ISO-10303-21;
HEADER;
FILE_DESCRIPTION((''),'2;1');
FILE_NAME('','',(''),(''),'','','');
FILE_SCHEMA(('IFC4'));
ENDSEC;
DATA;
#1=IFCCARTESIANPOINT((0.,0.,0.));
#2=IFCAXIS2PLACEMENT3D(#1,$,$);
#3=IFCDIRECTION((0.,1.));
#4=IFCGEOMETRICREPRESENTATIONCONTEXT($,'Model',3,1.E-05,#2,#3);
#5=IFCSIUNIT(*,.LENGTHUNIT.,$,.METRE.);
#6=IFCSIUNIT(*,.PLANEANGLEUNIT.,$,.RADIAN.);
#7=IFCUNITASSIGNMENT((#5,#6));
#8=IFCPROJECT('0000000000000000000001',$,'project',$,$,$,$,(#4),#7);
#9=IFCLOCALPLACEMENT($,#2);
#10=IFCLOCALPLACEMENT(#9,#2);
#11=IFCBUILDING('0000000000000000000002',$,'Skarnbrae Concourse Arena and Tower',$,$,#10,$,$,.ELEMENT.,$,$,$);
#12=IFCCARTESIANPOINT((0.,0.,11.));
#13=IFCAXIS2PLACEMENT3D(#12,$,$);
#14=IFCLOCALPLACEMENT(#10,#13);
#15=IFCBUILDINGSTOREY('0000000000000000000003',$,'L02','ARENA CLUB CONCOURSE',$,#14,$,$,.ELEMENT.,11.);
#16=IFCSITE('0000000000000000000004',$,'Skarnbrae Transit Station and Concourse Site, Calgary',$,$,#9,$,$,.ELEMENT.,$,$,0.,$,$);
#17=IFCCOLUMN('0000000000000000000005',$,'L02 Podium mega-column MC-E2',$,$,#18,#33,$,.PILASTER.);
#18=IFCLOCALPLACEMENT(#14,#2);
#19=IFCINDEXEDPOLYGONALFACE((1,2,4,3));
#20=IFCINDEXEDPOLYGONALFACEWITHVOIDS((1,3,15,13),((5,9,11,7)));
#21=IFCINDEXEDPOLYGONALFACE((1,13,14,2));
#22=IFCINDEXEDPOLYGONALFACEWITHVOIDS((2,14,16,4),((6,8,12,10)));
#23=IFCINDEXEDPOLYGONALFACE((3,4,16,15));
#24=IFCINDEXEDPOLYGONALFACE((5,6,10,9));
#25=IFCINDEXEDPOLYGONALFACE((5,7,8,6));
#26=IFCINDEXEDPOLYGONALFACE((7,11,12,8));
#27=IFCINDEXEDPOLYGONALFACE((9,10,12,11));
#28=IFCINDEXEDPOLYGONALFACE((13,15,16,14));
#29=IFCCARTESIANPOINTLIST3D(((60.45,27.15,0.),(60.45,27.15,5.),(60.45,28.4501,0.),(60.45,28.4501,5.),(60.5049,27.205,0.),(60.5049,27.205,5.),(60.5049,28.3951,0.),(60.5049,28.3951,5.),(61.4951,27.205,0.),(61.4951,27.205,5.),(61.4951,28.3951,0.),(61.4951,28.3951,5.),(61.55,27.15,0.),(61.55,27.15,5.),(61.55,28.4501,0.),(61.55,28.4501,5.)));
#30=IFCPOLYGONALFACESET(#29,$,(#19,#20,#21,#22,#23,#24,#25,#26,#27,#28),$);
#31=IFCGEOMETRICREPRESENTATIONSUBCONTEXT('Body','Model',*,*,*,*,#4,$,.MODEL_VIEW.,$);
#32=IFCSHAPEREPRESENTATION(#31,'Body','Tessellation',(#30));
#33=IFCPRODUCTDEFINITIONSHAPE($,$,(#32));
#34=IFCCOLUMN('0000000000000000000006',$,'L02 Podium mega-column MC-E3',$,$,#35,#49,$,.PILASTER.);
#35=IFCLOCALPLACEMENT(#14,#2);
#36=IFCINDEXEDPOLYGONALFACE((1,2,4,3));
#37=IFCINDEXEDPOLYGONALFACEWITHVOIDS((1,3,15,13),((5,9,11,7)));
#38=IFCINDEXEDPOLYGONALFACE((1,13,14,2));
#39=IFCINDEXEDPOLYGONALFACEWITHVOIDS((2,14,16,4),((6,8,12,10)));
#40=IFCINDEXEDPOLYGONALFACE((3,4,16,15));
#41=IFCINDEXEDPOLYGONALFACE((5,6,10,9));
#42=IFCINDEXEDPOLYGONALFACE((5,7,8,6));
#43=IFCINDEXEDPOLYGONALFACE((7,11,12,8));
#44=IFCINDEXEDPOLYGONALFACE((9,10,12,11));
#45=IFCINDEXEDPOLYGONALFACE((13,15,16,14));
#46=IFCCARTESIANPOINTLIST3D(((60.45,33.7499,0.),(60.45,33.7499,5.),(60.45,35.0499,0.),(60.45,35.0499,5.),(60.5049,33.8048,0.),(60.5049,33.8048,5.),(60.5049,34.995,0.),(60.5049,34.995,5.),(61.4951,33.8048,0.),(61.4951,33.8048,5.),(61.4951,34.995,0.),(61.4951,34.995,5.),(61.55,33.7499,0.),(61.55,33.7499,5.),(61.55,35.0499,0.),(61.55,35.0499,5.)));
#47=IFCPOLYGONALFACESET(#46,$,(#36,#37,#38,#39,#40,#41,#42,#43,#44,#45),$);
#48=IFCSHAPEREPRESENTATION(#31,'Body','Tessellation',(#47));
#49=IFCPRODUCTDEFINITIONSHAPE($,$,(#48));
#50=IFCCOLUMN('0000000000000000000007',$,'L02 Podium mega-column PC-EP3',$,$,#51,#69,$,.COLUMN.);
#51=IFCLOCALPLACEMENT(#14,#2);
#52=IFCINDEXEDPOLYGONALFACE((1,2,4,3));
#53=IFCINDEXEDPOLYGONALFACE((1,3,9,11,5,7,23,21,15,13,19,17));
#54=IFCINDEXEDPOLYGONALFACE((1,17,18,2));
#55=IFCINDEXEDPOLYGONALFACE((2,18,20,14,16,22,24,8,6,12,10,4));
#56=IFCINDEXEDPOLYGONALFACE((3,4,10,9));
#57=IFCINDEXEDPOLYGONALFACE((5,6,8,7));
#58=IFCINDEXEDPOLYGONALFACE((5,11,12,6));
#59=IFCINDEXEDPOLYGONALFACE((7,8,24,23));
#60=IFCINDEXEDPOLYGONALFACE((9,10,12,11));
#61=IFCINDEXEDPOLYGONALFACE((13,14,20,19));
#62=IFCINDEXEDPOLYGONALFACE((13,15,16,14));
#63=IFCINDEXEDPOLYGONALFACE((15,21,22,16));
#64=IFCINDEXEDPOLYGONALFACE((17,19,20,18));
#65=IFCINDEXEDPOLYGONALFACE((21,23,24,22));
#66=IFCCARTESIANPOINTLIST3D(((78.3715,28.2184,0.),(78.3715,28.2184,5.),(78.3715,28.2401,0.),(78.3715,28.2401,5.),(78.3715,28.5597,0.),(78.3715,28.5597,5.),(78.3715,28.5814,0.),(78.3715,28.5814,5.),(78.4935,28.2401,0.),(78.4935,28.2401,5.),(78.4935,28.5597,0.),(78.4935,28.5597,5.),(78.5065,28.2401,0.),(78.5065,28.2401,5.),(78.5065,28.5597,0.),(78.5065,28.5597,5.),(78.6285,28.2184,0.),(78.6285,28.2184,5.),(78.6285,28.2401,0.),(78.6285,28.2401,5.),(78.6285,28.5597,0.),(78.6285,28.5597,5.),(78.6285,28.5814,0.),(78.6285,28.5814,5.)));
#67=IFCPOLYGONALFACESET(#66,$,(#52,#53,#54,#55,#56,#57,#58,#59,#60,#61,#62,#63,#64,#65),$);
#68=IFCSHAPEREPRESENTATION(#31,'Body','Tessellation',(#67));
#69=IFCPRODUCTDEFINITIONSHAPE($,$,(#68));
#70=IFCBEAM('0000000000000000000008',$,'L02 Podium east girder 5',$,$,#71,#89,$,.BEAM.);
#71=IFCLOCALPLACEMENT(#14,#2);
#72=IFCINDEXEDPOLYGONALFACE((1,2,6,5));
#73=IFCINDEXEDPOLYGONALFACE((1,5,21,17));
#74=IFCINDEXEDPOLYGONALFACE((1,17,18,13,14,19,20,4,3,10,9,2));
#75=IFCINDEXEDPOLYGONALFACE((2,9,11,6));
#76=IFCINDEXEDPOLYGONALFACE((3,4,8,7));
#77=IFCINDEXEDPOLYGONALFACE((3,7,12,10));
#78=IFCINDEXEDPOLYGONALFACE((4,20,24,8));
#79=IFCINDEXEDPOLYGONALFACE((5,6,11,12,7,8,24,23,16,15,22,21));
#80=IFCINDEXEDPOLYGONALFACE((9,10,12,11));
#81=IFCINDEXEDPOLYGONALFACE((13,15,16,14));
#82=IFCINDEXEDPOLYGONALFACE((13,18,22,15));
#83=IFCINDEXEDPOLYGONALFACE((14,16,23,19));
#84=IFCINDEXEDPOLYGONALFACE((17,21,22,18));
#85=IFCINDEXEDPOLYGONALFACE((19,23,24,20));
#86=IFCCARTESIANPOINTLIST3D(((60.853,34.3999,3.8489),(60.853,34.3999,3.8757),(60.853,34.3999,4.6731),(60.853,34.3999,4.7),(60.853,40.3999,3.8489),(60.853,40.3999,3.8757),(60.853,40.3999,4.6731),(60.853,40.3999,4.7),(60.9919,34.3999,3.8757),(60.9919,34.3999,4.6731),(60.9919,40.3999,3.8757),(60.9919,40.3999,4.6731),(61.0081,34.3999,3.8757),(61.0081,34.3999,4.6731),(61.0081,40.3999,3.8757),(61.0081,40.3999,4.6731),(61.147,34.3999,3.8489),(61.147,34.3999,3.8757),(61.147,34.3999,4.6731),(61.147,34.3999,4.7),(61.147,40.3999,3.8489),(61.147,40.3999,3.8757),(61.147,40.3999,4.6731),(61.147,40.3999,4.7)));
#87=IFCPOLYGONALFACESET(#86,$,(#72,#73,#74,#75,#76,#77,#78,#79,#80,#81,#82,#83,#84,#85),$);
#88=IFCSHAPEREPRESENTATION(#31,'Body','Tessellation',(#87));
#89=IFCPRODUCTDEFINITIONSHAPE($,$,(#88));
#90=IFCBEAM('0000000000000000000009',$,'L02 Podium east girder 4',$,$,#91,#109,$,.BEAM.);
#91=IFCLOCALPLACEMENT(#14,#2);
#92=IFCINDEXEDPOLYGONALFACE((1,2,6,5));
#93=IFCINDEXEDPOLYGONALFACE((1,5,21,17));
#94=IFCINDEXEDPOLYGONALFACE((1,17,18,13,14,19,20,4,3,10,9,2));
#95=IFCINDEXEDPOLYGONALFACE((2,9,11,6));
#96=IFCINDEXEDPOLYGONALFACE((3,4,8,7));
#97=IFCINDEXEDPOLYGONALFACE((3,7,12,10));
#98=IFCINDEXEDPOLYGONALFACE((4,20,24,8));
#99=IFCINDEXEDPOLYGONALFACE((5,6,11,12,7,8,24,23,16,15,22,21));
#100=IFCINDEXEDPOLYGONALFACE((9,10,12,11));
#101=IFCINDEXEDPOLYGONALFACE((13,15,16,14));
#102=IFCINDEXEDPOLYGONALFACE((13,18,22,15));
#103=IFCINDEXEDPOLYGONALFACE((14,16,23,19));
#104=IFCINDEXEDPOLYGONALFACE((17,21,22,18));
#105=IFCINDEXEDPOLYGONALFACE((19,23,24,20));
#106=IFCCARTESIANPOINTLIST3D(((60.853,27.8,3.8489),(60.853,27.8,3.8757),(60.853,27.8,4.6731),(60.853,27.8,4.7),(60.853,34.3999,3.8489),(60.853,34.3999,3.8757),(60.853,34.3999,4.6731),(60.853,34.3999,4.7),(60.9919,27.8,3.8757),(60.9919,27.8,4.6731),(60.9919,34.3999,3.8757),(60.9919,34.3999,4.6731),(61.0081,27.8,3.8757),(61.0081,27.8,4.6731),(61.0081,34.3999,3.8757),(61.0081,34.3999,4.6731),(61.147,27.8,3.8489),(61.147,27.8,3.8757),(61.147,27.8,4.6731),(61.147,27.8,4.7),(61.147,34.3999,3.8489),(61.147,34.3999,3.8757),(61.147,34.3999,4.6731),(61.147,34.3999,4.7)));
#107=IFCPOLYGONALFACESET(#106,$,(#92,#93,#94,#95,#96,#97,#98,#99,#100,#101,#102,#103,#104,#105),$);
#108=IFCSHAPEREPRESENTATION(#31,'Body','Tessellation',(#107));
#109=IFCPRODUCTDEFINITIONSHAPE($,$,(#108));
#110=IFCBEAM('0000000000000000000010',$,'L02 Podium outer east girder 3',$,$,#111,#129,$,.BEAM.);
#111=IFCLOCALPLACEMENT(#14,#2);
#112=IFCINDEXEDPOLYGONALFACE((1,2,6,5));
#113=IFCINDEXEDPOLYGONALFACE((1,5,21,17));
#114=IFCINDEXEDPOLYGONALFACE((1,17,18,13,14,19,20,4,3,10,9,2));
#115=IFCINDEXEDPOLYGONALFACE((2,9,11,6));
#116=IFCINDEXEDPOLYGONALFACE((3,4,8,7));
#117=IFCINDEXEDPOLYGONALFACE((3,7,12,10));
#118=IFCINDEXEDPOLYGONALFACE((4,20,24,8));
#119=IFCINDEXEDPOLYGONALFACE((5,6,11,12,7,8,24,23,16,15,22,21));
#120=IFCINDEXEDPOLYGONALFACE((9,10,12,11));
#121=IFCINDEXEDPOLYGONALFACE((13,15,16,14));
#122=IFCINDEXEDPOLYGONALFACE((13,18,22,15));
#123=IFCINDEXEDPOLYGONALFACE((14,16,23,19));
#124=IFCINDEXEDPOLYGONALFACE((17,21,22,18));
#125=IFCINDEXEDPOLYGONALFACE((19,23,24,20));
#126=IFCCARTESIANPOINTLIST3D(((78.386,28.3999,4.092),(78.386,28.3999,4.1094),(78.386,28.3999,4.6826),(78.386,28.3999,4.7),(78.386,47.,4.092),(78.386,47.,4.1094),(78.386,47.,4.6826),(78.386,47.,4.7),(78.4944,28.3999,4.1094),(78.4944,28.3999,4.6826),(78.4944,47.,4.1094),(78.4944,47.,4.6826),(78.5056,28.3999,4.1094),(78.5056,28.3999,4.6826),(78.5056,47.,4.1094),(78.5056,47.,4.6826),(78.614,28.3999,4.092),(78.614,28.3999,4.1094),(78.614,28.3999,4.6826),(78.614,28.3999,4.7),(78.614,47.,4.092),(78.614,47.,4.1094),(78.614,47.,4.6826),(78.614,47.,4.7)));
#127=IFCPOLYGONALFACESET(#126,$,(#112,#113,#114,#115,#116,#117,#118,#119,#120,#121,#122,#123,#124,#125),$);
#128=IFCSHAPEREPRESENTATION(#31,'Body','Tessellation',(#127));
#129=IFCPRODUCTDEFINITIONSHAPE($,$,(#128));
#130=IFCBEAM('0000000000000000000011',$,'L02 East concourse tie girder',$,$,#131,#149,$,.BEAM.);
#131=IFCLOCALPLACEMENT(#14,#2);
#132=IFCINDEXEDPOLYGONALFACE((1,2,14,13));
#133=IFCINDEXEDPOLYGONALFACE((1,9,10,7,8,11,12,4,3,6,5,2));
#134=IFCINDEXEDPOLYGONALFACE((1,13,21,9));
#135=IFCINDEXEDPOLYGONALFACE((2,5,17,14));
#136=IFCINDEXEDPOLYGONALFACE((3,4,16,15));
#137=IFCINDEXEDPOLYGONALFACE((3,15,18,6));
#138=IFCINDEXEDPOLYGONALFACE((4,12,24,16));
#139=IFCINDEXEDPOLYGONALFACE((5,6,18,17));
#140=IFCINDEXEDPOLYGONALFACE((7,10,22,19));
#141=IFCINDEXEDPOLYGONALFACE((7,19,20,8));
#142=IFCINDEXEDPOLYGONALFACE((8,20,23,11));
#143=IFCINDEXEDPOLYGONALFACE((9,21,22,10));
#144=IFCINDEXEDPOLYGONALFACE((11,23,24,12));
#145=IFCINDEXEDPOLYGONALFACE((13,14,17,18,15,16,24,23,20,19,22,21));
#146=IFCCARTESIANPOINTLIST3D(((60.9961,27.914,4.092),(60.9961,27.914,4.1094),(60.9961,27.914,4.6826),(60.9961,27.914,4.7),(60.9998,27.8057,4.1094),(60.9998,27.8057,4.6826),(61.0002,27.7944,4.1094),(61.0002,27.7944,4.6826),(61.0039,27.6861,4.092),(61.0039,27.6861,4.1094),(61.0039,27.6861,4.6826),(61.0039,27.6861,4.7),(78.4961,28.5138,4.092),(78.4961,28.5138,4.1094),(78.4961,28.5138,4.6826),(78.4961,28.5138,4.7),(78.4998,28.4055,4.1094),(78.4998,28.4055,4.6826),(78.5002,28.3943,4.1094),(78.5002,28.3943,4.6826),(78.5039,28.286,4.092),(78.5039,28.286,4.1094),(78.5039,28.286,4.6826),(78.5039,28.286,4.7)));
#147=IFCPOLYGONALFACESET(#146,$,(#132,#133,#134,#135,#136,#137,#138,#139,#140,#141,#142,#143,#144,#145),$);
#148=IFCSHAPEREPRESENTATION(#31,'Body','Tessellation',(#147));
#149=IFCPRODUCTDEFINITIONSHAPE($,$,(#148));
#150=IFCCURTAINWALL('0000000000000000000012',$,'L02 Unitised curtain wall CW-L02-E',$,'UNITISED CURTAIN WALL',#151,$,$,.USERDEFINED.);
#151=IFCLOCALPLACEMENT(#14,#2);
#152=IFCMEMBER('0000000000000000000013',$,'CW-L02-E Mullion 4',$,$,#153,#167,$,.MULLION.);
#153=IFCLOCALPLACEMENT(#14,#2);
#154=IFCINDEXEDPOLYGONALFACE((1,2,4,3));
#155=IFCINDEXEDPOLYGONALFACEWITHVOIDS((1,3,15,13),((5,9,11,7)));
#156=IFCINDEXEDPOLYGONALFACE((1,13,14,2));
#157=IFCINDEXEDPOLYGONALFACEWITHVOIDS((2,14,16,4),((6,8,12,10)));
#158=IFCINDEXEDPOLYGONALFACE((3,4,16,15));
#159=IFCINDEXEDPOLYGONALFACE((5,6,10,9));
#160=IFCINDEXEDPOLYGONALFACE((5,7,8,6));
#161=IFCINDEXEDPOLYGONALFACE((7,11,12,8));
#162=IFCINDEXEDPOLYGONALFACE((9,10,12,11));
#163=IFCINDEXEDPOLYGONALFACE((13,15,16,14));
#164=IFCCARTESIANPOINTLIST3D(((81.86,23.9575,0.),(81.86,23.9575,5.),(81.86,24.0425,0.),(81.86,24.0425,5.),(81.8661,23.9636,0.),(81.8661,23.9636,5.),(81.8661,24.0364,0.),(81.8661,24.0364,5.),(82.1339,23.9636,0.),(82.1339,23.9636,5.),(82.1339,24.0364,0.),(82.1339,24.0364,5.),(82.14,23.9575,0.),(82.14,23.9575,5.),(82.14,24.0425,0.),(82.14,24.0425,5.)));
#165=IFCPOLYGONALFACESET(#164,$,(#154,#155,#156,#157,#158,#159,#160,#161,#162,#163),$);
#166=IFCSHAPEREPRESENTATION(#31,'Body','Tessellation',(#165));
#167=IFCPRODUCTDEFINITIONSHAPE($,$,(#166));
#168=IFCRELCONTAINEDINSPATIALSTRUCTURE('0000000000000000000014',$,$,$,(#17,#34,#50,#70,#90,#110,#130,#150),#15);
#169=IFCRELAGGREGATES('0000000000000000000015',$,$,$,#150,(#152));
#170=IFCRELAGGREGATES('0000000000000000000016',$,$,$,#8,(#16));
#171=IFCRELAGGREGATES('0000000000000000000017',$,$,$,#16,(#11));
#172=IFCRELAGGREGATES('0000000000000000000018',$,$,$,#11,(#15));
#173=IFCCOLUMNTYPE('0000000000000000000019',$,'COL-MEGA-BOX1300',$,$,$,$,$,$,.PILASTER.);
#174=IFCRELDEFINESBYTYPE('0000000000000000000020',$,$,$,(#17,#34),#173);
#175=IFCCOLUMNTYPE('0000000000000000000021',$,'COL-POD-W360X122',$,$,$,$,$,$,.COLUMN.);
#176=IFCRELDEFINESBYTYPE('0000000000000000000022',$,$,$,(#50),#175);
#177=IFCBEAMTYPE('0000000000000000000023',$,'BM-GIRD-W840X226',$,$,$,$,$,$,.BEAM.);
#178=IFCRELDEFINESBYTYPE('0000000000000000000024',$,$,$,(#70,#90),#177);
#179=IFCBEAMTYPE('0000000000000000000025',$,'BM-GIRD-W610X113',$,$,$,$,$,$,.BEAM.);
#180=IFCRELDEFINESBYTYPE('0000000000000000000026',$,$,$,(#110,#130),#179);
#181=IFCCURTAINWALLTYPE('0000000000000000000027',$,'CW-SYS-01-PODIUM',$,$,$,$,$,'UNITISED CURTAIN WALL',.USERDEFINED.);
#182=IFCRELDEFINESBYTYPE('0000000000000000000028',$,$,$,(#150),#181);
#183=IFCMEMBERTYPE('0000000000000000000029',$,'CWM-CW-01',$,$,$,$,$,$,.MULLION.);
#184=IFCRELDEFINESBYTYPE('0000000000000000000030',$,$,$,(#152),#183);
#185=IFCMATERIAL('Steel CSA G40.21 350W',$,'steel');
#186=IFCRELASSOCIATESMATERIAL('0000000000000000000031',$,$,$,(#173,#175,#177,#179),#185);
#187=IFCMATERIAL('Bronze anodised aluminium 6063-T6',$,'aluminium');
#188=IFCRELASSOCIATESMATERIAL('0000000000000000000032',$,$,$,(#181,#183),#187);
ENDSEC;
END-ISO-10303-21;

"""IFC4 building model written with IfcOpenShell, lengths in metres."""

from ifc_helpers import new_model, si_unit, direction, frame, origin, origin_2d, place, context, subcontext, project, spatial, hollow_rectangle, i_section, extrude, source, transform, mapped, material, material_profile, profile_set, type_object, element, aggregate, save


model = new_model("IFC4")

# Units and contexts
model_context = context("Model", 3, precision=1e-05, world=origin(), true_north=direction((0.0, 1.0)))
body_context = subcontext(model_context, "Body", "Model", "MODEL_VIEW")
ifc_project = project(units=[si_unit("LENGTHUNIT", "METRE"), si_unit("PLANEANGLEUNIT", "RADIAN")], contexts=[model_context])

# Site, building, storey
site_placement = place(None, origin())
site = spatial("IfcSite", under=ifc_project, at=site_placement, Name="Skarnbrae Transit Station and Concourse Site, Calgary", CompositionType="ELEMENT", RefElevation=0.0)
building_placement = place(site_placement, origin())
building = spatial("IfcBuilding", under=site, at=building_placement, Name="Skarnbrae Concourse Arena and Tower", CompositionType="ELEMENT")
storey_placement = place(building_placement, frame((0.0, 0.0, 11.0)))
storey = spatial("IfcBuildingStorey", under=building, at=storey_placement, Name="L02", Description="ARENA CLUB CONCOURSE", CompositionType="ELEMENT", Elevation=11.0)

# Columns
ifc_material_1 = material(Name="Steel CSA G40.21 350W", Category="steel")
ifc_material_profile_1 = material_profile(ifc_material_1, hollow_rectangle(XDim=1.1001, YDim=1.3, WallThickness=0.0549, at=origin_2d()), Name="BOX1300X1100X55")
ifc_profile_set_1 = profile_set([ifc_material_profile_1], Name="Steel CSA G40.21 350W")
column_type_1 = type_object("IfcColumnType", Name="COL-MEGA-BOX1300", PredefinedType="PILASTER", material=ifc_profile_set_1)
shared_shape_1 = source(origin(), body_context, "Body", "SweptSolid", [
    extrude(hollow_rectangle(XDim=1.1001, YDim=1.3, WallThickness=0.0549, at=origin_2d()), origin(), (0.0, 0.0, 1.0), 5.0),
])
for number, where, z_axis, x_axis, name in (
    (1, (61.0, 27.8, 0.0), (0.0, 0.0, 1.0), (1.0, 0.0, 0.0), "L02 Podium mega-column MC-E2"),
    (2, (61.0, 34.3999, 0.0), (0.0, 0.0, 1.0), (1.0, 0.0, 0.0), "L02 Podium mega-column MC-E3"),
):
    element("IfcColumn", number, at=place(storey_placement, frame(where, z_axis=z_axis, x_axis=x_axis)), inside=storey, type_object=column_type_1, Name=name, PredefinedType="PILASTER", context=body_context, shape_type="MappedRepresentation", body=[
        mapped(shared_shape_1, transform((0.0, 0.0, 0.0))),
    ])
ifc_material_profile_2 = material_profile(ifc_material_1, i_section(OverallWidth=0.2571, OverallDepth=0.363, WebThickness=0.0129, FlangeThickness=0.0217, at=origin_2d()), Name="W360X122")
ifc_profile_set_2 = profile_set([ifc_material_profile_2], Name="Steel CSA G40.21 350W")
column_type_2 = type_object("IfcColumnType", Name="COL-POD-W360X122", PredefinedType="COLUMN", material=ifc_profile_set_2)
shared_shape_2 = source(origin(), body_context, "Body", "SweptSolid", [
    extrude(i_section(OverallWidth=0.2571, OverallDepth=0.363, WebThickness=0.0129, FlangeThickness=0.0217, at=origin_2d()), origin(), (0.0, 0.0, 1.0), 5.0),
])
column_placement = place(storey_placement, frame((78.5, 28.3999, 0.0), z_axis=(0.0, 0.0, 1.0), x_axis=(1.0, 0.0, 0.0)))
element("IfcColumn", 3, at=column_placement, inside=storey, type_object=column_type_2, Name="L02 Podium mega-column PC-EP3", PredefinedType="COLUMN", context=body_context, shape_type="MappedRepresentation", body=[
    mapped(shared_shape_2, transform((0.0, 0.0, 0.0))),
])

# Beams
ifc_material_profile_3 = material_profile(ifc_material_1, i_section(OverallWidth=0.2939, OverallDepth=0.8511, WebThickness=0.0161, FlangeThickness=0.0269, at=origin_2d()), Name="W840X226")
ifc_profile_set_3 = profile_set([ifc_material_profile_3], Name="Steel CSA G40.21 350W")
beam_type_1 = type_object("IfcBeamType", Name="BM-GIRD-W840X226", PredefinedType="BEAM", material=ifc_profile_set_3)
shared_shape_3 = source(origin(), body_context, "Body", "SweptSolid", [
    extrude(i_section(OverallWidth=0.2939, OverallDepth=0.8511, WebThickness=0.0161, FlangeThickness=0.0269, at=origin_2d()), origin(), (0.0, 0.0, 1.0), 6.0),
])
beam_1_placement = place(storey_placement, frame((61.0, 34.3999, 4.2744), z_axis=(0.0, 1.0, 0.0), x_axis=(-1.0, 0.0, 0.0)))
element("IfcBeam", 4, at=beam_1_placement, inside=storey, type_object=beam_type_1, Name="L02 Podium east girder 5", PredefinedType="BEAM", context=body_context, shape_type="MappedRepresentation", body=[
    mapped(shared_shape_3, transform((0.0, 0.0, 0.0))),
])
shared_shape_4 = source(origin(), body_context, "Body", "SweptSolid", [
    extrude(i_section(OverallWidth=0.2939, OverallDepth=0.8511, WebThickness=0.0161, FlangeThickness=0.0269, at=origin_2d()), origin(), (0.0, 0.0, 1.0), 6.5999),
])
beam_2_placement = place(storey_placement, frame((61.0, 27.8, 4.2744), z_axis=(0.0, 1.0, 0.0), x_axis=(-1.0, 0.0, 0.0)))
element("IfcBeam", 5, at=beam_2_placement, inside=storey, type_object=beam_type_1, Name="L02 Podium east girder 4", PredefinedType="BEAM", context=body_context, shape_type="MappedRepresentation", body=[
    mapped(shared_shape_4, transform((0.0, 0.0, 0.0))),
])
ifc_material_profile_4 = material_profile(ifc_material_1, i_section(OverallWidth=0.228, OverallDepth=0.6079, WebThickness=0.0112, FlangeThickness=0.0173, at=origin_2d()), Name="W610X113")
ifc_profile_set_4 = profile_set([ifc_material_profile_4], Name="Steel CSA G40.21 350W")
beam_type_2 = type_object("IfcBeamType", Name="BM-GIRD-W610X113", PredefinedType="BEAM", material=ifc_profile_set_4)
shared_shape_5 = source(origin(), body_context, "Body", "SweptSolid", [
    extrude(i_section(OverallWidth=0.228, OverallDepth=0.6079, WebThickness=0.0112, FlangeThickness=0.0173, at=origin_2d()), origin(), (0.0, 0.0, 1.0), 18.6001),
])
beam_3_placement = place(storey_placement, frame((78.5, 28.3999, 4.396), z_axis=(0.0, 1.0, 0.0), x_axis=(-1.0, 0.0, 0.0)))
element("IfcBeam", 6, at=beam_3_placement, inside=storey, type_object=beam_type_2, Name="L02 Podium outer east girder 3", PredefinedType="BEAM", context=body_context, shape_type="MappedRepresentation", body=[
    mapped(shared_shape_5, transform((0.0, 0.0, 0.0))),
])
shared_shape_6 = source(origin(), body_context, "Body", "SweptSolid", [
    extrude(i_section(OverallWidth=0.228, OverallDepth=0.6079, WebThickness=0.0112, FlangeThickness=0.0173, at=origin_2d()), origin(), (0.0, 0.0, 1.0), 17.5103),
])
beam_4_placement = place(storey_placement, frame((61.0, 27.8, 4.396), z_axis=(0.999413, 0.034257, 0.0), x_axis=(-0.034257, 0.999413, 0.0)))
element("IfcBeam", 7, at=beam_4_placement, inside=storey, type_object=beam_type_2, Name="L02 East concourse tie girder", PredefinedType="BEAM", context=body_context, shape_type="MappedRepresentation", body=[
    mapped(shared_shape_6, transform((0.0, 0.0, 0.0))),
])

# Curtain wall, member
ifc_material_2 = material(Name="Bronze anodised aluminium 6063-T6", Category="aluminium")
curtain_wall_type = type_object("IfcCurtainWallType", Name="CW-SYS-01-PODIUM", ElementType="UNITISED CURTAIN WALL", PredefinedType="USERDEFINED", material=ifc_material_2)
curtain_wall_placement = place(storey_placement, origin())
curtain_wall = element("IfcCurtainWall", 8, at=curtain_wall_placement, inside=storey, type_object=curtain_wall_type, Name="L02 Unitised curtain wall CW-L02-E", ObjectType="UNITISED CURTAIN WALL", PredefinedType="USERDEFINED")
ifc_material_profile_5 = material_profile(ifc_material_2, hollow_rectangle(XDim=0.085, YDim=0.28, WallThickness=0.0061, at=origin_2d()), Name="ALU-MULL-85X280")
ifc_profile_set_5 = profile_set([ifc_material_profile_5], Name="Bronze anodised aluminium 6063-T6")
member_type_1 = type_object("IfcMemberType", Name="CWM-CW-01", PredefinedType="MULLION", material=ifc_profile_set_5)
shared_shape_7 = source(origin(), body_context, "Body", "SweptSolid", [
    extrude(hollow_rectangle(XDim=0.085, YDim=0.28, WallThickness=0.0061, at=origin_2d()), origin(), (0.0, 0.0, 1.0), 5.0),
])
member_1_placement = place(storey_placement, frame((82.0, 24.0, 0.0), z_axis=(0.0, 0.0, 1.0), x_axis=(0.0, 1.0, 0.0)))
member_1 = element("IfcMember", 9, at=member_1_placement, type_object=member_type_1, Name="CW-L02-E Mullion 4", PredefinedType="MULLION", context=body_context, shape_type="MappedRepresentation", body=[
    mapped(shared_shape_7, transform((0.0, 0.0, 0.0))),
])

aggregate(curtain_wall, [member_1])

save(model, "model.ifc")
